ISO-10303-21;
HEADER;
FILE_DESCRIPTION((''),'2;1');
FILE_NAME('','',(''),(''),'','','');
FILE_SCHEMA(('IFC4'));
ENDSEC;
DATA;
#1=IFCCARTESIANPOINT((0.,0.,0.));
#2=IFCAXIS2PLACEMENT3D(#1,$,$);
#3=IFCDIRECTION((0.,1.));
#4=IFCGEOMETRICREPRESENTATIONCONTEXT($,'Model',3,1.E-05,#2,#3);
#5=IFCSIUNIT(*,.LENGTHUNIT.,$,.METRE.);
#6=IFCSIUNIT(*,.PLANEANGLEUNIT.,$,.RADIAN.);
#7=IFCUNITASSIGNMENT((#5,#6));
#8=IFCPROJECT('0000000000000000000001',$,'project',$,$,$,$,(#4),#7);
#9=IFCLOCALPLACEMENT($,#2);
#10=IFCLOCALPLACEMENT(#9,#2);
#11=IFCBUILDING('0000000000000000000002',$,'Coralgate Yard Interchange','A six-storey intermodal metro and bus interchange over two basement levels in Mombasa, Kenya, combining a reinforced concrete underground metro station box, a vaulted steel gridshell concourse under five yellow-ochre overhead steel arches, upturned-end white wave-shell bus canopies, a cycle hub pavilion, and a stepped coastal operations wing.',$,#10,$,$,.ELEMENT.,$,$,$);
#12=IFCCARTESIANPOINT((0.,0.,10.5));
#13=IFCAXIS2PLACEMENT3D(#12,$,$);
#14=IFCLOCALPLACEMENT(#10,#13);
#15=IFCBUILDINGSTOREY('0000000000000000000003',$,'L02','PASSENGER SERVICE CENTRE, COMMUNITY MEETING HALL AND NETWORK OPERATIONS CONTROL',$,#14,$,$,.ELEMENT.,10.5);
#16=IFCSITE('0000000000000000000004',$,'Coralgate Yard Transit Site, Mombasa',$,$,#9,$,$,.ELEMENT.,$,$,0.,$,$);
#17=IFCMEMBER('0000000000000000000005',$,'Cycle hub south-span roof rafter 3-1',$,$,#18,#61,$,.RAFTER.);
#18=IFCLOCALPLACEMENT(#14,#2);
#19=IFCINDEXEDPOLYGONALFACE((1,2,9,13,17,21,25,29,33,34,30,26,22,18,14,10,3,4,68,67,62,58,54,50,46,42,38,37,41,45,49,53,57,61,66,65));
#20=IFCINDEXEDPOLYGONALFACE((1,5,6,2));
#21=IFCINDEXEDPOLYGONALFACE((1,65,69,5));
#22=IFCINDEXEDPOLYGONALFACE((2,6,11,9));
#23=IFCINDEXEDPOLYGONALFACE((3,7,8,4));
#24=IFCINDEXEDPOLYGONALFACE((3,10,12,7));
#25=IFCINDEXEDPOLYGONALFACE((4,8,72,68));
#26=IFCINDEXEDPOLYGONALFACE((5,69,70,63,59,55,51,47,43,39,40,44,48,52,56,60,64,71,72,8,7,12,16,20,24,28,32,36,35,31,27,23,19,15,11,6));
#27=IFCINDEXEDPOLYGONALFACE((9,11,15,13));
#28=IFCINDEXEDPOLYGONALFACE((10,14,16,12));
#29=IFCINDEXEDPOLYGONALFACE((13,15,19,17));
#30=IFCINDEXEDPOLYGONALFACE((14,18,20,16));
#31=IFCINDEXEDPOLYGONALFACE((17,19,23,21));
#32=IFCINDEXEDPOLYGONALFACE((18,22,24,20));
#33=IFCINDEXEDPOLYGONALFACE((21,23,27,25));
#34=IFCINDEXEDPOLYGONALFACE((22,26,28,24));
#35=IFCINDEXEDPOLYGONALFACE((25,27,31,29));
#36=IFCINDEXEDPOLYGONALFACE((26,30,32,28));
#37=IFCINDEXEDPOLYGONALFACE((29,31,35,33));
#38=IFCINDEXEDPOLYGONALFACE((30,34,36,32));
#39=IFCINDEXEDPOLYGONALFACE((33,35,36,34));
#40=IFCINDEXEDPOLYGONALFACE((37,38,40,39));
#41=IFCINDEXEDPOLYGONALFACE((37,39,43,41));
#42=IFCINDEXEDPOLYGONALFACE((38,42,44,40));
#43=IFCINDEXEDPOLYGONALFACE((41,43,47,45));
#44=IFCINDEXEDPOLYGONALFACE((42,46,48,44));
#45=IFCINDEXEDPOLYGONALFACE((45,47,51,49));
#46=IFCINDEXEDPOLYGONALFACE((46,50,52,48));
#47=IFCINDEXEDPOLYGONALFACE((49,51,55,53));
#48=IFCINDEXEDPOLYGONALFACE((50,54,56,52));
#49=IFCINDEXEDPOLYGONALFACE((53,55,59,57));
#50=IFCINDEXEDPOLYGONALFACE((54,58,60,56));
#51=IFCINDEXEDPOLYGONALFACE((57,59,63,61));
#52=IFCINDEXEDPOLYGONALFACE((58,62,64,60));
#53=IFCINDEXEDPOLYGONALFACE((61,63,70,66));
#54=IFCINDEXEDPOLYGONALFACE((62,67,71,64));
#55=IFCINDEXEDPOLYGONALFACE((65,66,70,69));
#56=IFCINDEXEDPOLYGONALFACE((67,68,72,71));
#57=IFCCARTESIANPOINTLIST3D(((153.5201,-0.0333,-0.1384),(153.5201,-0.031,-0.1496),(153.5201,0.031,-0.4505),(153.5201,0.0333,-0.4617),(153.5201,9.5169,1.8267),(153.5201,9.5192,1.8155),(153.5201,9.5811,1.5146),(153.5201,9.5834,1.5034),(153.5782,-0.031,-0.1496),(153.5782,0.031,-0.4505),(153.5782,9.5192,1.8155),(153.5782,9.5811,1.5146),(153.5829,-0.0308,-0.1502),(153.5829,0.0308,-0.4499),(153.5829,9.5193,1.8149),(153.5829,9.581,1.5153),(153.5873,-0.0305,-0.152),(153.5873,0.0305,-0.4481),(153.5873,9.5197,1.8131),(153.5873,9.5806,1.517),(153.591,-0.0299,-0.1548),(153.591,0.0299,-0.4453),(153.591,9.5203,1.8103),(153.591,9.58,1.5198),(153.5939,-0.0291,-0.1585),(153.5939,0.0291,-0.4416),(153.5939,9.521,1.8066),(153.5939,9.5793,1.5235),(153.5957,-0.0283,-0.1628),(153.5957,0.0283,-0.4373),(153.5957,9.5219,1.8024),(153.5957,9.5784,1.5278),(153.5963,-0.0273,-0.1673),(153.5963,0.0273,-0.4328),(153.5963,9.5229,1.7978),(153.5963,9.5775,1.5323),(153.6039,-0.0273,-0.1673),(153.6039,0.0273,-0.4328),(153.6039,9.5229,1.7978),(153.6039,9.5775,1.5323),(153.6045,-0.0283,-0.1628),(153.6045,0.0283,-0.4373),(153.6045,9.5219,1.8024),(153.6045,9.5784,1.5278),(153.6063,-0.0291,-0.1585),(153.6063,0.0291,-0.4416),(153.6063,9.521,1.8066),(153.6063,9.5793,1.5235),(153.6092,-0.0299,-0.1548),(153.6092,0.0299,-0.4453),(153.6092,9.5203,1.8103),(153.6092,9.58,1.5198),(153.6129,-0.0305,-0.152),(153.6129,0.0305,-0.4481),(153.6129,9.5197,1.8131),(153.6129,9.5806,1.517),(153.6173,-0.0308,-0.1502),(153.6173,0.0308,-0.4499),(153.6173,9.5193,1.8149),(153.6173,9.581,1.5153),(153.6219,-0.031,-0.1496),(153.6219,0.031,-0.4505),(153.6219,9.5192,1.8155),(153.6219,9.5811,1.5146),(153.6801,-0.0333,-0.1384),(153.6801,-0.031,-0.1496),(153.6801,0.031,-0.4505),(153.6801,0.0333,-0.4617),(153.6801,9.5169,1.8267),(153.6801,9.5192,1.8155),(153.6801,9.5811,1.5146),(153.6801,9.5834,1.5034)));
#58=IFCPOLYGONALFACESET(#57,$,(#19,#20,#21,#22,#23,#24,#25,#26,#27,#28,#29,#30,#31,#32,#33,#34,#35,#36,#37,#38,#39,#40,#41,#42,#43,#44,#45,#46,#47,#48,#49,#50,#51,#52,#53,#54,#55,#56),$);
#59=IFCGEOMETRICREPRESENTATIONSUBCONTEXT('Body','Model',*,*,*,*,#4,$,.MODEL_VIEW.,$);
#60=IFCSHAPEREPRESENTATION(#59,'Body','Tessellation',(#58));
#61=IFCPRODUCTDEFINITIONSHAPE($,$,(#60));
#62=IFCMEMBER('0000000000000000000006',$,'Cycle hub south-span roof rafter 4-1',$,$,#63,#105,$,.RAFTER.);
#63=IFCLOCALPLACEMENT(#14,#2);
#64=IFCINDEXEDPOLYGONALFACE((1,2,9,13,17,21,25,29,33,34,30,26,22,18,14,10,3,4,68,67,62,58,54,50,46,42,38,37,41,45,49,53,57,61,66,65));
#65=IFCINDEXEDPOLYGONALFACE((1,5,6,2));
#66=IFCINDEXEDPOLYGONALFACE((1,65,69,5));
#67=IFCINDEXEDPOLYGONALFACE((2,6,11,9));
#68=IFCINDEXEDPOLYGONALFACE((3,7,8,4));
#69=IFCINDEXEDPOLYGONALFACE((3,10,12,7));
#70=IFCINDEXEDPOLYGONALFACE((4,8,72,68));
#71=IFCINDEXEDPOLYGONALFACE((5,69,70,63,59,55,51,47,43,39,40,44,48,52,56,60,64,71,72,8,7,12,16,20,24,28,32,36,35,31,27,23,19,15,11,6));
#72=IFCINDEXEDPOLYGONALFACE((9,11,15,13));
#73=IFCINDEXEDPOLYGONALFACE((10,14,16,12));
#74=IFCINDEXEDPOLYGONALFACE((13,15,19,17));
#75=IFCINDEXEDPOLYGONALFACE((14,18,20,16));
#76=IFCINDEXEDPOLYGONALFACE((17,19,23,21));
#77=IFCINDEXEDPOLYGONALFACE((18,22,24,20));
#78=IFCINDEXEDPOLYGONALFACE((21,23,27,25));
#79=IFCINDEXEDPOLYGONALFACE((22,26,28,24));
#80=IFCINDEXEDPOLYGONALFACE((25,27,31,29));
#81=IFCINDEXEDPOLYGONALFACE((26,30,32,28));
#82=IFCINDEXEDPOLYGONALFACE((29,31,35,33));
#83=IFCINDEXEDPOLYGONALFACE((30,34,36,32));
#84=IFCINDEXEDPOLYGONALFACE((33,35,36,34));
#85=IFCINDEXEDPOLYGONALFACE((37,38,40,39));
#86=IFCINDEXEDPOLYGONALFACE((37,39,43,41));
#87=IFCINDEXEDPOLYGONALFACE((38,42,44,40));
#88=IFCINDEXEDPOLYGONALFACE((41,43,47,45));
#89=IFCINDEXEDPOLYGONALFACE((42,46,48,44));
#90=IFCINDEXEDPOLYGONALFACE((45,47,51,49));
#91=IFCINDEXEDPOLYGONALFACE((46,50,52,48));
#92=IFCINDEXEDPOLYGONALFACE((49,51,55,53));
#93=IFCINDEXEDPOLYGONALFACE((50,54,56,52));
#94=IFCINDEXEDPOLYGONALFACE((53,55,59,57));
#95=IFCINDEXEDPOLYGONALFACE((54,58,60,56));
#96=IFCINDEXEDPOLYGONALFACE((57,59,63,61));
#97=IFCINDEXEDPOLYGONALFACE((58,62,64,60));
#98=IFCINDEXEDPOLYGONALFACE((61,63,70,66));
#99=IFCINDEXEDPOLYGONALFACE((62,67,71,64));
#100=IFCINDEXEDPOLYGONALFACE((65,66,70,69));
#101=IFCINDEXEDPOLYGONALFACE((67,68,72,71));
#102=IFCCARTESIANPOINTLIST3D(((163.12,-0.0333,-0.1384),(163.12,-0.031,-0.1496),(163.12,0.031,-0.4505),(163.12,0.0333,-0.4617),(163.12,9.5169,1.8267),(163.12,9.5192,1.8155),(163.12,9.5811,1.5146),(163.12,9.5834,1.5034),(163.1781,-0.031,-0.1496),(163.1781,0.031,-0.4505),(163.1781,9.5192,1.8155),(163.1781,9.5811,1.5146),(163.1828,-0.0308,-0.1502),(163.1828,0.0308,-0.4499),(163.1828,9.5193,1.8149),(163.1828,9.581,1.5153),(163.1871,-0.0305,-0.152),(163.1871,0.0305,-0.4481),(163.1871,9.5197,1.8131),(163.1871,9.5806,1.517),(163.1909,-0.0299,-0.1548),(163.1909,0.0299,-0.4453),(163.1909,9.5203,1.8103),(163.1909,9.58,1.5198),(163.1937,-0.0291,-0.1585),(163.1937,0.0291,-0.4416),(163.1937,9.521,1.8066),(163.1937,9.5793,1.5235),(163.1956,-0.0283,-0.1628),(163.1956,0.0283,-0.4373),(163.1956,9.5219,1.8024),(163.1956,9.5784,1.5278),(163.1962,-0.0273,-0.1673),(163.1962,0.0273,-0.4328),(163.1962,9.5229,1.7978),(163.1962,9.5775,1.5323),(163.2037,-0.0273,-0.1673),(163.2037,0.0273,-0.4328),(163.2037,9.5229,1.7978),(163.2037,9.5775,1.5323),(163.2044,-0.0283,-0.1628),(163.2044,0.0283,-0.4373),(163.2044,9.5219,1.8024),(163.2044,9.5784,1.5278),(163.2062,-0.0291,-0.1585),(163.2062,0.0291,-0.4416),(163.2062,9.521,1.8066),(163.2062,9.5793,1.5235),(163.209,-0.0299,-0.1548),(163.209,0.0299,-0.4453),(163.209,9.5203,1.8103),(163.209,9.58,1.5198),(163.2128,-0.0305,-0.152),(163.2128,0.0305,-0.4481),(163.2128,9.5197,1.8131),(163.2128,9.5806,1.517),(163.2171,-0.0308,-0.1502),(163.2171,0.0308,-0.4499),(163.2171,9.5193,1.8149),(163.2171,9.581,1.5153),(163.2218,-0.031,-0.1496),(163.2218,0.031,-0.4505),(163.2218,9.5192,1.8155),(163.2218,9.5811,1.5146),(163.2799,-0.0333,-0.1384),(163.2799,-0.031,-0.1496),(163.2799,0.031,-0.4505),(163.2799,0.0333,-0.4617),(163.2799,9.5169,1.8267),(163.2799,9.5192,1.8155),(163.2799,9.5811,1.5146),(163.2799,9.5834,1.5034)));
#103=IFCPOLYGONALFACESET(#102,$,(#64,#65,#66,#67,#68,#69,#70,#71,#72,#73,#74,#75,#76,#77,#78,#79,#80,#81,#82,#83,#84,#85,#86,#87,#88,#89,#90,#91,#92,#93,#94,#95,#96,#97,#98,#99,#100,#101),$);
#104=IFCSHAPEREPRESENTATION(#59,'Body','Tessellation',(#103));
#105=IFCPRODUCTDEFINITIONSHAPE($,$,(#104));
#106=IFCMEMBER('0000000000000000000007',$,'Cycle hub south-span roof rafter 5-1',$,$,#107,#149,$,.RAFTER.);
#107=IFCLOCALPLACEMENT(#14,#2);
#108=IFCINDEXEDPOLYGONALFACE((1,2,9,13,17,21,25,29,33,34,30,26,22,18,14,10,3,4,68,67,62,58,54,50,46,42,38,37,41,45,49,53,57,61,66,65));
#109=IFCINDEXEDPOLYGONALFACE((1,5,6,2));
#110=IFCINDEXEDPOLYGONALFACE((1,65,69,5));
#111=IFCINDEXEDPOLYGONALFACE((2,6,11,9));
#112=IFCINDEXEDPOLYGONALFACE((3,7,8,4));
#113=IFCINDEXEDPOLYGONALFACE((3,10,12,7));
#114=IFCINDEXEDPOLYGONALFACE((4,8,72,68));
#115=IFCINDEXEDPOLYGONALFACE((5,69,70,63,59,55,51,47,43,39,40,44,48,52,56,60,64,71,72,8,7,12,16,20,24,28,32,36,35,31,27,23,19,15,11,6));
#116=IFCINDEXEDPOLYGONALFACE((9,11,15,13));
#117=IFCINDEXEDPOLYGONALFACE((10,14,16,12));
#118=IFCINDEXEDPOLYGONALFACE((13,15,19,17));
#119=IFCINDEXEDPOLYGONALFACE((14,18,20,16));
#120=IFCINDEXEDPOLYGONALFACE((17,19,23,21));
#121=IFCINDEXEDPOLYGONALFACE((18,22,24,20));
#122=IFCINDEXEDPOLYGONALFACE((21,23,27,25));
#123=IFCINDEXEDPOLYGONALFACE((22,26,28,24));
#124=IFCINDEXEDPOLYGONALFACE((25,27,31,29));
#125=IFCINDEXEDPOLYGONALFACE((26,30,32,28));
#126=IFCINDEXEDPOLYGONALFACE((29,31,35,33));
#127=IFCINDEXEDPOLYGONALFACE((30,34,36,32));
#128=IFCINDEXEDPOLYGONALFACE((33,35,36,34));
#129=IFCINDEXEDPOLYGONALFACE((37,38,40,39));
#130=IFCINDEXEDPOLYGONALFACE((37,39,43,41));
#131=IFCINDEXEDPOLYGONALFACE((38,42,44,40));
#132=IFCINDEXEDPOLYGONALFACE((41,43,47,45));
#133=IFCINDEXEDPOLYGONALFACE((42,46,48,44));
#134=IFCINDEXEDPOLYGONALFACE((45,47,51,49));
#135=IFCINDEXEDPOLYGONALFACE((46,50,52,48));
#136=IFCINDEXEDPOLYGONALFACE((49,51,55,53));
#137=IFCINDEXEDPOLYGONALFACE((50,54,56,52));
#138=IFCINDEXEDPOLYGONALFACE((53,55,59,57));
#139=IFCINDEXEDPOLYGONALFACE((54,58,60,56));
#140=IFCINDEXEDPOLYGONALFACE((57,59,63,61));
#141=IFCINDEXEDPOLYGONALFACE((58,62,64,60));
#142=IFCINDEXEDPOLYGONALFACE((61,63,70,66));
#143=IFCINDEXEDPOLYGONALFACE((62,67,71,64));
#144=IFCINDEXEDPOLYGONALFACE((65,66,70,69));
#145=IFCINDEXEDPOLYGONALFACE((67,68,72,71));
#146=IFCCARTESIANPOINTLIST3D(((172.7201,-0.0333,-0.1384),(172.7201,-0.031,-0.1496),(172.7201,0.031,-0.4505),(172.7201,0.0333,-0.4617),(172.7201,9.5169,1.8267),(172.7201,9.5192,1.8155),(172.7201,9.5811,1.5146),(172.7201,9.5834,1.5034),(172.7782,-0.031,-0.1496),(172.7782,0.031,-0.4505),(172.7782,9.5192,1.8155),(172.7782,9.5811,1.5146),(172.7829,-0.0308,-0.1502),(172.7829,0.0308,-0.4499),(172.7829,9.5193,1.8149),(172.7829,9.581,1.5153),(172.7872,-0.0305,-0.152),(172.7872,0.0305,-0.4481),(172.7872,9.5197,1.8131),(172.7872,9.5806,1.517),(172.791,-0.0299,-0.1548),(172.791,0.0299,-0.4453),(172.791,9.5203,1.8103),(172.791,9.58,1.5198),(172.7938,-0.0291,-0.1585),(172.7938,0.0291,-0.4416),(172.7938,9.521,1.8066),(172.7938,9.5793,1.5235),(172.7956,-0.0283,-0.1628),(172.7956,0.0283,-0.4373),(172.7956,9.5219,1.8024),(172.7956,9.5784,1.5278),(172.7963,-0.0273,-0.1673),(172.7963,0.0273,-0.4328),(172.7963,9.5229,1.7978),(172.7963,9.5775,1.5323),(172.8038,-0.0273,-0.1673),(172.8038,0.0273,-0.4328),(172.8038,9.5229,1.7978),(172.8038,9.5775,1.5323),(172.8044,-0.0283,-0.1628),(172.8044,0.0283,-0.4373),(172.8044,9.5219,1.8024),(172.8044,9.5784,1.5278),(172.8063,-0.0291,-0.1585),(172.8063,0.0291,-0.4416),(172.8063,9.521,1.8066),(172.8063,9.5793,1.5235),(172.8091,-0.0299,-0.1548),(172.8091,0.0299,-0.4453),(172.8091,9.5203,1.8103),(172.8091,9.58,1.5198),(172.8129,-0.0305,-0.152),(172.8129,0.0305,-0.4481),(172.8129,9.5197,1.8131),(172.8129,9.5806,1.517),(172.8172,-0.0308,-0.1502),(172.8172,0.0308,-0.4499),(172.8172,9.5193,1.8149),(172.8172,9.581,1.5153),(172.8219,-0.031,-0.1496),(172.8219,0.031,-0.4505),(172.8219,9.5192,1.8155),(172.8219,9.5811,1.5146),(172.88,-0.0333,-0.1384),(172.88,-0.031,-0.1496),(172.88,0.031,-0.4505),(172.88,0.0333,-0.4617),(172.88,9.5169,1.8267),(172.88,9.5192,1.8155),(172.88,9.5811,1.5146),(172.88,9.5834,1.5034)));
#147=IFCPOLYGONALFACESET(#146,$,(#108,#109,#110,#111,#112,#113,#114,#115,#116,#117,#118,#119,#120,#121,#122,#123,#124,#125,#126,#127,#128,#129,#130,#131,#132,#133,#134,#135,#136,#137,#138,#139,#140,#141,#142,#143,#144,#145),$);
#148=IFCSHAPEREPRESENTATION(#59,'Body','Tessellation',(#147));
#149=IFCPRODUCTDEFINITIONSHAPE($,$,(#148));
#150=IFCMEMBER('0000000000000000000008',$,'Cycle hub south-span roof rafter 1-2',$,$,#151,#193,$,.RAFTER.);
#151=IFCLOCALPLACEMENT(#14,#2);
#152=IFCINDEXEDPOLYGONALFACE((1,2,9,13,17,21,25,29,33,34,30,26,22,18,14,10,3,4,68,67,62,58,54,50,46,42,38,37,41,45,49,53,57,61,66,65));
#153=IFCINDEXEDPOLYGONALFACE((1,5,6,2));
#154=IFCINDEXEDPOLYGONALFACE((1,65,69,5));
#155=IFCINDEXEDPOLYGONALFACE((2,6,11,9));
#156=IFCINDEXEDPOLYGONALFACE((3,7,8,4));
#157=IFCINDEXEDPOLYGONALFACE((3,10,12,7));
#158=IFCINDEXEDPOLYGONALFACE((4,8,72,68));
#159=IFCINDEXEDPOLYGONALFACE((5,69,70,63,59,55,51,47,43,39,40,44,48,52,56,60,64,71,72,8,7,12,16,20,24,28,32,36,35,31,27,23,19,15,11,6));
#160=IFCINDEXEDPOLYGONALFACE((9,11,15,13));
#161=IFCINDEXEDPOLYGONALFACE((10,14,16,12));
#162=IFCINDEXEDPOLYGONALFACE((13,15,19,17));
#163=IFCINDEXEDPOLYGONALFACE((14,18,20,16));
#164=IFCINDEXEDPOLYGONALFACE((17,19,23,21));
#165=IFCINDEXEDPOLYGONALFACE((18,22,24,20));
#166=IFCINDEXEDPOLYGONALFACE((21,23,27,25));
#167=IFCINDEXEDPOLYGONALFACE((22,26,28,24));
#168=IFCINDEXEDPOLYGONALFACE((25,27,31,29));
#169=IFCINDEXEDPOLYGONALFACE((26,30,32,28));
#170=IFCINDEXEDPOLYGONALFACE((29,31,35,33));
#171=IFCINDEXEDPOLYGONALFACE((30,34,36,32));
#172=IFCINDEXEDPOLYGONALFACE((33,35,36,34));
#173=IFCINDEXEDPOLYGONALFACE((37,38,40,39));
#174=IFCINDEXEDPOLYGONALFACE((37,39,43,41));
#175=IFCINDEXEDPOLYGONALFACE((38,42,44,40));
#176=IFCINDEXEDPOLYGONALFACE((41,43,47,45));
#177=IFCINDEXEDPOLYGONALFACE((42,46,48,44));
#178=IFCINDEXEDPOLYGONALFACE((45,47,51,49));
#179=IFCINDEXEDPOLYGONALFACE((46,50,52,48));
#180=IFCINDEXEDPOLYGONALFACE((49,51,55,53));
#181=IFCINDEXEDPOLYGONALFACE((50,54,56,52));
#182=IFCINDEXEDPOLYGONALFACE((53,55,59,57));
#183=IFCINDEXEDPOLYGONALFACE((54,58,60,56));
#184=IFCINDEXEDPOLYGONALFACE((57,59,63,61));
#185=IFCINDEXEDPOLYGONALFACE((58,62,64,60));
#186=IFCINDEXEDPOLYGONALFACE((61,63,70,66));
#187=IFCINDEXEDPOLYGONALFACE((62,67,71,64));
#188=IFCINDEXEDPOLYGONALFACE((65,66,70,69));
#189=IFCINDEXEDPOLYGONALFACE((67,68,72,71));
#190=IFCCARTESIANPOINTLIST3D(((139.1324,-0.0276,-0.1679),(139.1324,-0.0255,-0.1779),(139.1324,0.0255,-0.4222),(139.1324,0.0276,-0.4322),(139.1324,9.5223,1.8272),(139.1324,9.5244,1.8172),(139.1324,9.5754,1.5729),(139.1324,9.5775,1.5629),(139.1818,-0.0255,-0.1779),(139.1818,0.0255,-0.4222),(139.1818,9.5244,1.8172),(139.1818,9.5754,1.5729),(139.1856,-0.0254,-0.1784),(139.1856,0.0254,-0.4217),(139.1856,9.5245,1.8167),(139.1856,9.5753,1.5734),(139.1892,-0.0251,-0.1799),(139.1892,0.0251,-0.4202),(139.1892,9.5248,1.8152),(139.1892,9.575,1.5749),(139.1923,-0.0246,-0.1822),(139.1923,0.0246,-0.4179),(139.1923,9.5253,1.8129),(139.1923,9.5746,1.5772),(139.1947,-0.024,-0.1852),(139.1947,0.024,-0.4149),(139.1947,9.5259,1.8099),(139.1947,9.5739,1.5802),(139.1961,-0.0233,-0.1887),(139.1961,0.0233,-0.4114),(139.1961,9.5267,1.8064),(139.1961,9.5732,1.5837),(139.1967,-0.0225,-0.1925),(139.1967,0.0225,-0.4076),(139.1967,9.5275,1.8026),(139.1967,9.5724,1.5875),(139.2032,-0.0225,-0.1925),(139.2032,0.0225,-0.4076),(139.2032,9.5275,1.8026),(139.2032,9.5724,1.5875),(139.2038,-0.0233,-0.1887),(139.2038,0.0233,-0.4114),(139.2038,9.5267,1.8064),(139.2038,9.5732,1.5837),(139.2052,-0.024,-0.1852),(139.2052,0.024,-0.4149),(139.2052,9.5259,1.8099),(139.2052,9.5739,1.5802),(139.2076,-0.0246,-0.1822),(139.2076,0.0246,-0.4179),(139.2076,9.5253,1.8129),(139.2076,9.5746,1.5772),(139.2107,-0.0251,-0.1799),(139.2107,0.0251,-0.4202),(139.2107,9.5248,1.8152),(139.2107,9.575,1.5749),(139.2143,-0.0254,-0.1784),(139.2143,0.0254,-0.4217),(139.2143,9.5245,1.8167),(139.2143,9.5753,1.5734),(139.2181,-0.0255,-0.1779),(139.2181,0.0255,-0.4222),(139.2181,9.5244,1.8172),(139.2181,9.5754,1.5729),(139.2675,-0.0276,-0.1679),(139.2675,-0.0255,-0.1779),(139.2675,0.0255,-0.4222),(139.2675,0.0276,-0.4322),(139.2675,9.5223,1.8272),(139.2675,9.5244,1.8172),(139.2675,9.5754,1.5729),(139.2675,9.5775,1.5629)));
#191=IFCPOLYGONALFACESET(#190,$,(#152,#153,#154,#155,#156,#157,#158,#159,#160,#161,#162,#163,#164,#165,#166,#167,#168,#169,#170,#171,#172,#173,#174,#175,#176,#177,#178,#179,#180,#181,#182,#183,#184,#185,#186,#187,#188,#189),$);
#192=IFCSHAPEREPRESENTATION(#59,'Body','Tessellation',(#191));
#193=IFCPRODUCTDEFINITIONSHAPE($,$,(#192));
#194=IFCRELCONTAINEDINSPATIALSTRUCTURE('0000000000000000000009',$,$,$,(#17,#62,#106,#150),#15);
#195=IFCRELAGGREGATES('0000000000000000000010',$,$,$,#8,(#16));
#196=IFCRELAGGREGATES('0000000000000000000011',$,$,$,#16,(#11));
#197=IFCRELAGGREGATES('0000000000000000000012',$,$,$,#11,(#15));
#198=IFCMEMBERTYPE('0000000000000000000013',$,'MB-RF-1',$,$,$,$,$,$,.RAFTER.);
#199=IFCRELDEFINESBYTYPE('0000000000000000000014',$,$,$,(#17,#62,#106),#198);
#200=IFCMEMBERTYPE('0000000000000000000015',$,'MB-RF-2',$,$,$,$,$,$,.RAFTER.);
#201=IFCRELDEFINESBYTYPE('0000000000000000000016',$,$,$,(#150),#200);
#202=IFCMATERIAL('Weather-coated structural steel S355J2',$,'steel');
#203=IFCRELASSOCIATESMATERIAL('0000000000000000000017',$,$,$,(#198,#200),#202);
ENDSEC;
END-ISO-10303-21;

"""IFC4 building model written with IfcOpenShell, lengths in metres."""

from ifc_helpers import new_model, si_unit, direction, frame, origin, origin_2d, place, context, subcontext, project, spatial, i_section, extrude, material, material_profile, profile_set, type_object, element, save


model = new_model("IFC4")

# Units and contexts
model_context = context("Model", 3, precision=1e-05, world=origin(), true_north=direction((0.0, 1.0)))
body_context = subcontext(model_context, "Body", "Model", "MODEL_VIEW")
ifc_project = project(units=[si_unit("LENGTHUNIT", "METRE"), si_unit("PLANEANGLEUNIT", "RADIAN")], contexts=[model_context])

# Site, building, storey
site_placement = place(None, origin())
site = spatial("IfcSite", under=ifc_project, at=site_placement, Name="Coralgate Yard Transit Site, Mombasa", CompositionType="ELEMENT", RefElevation=0.0)
building_placement = place(site_placement, origin())
building = spatial("IfcBuilding", under=site, at=building_placement, Name="Coralgate Yard Interchange", Description="A six-storey intermodal metro and bus interchange over two basement levels in Mombasa, Kenya, combining a reinforced concrete underground metro station box, a vaulted steel gridshell concourse under five yellow-ochre overhead steel arches, upturned-end white wave-shell bus canopies, a cycle hub pavilion, and a stepped coastal operations wing.", CompositionType="ELEMENT")
storey_placement = place(building_placement, frame((0.0, 0.0, 10.5)))
storey = spatial("IfcBuildingStorey", under=building, at=storey_placement, Name="L02", Description="PASSENGER SERVICE CENTRE, COMMUNITY MEETING HALL AND NETWORK OPERATIONS CONTROL", CompositionType="ELEMENT", Elevation=10.5)

# Members
ifc_material_1 = material(Name="Weather-coated structural steel S355J2", Category="steel")
ifc_material_profile_1 = material_profile(ifc_material_1, i_section(OverallWidth=0.1599, OverallDepth=0.3301, WebThickness=0.0076, FlangeThickness=0.0115, FilletRadius=0.0181, at=origin_2d()), Name="IPE 330")
ifc_profile_set_1 = profile_set([ifc_material_profile_1], Name="Weather-coated structural steel S355J2")
member_type_1 = type_object("IfcMemberType", Name="MB-RF-1", PredefinedType="RAFTER", material=ifc_profile_set_1)
for number, where, z_axis, x_axis, name in (
    (1, (153.6001, 0.0, -0.3), (0.0, 0.979479, 0.201545), (-1.0, 0.0, 0.0), "Cycle hub south-span roof rafter 3-1"),
    (2, (163.2, 0.0, -0.3), (0.0, 0.979479, 0.201545), (-1.0, 0.0, 0.0), "Cycle hub south-span roof rafter 4-1"),
    (3, (172.8, 0.0, -0.3), (0.0, 0.979479, 0.201545), (-1.0, 0.0, 0.0), "Cycle hub south-span roof rafter 5-1"),
):
    element("IfcMember", number, at=place(storey_placement, frame(where, z_axis=z_axis, x_axis=x_axis)), inside=storey, type_object=member_type_1, Name=name, PredefinedType="RAFTER", context=body_context, shape_type="SweptSolid", body=[
        extrude(i_section(OverallWidth=0.1599, OverallDepth=0.3301, WebThickness=0.0076, FlangeThickness=0.0115, FilletRadius=0.0181, at=origin_2d()), origin(), (0.0, 0.0, 1.0), 9.7502),
    ])
ifc_material_profile_2 = material_profile(ifc_material_1, i_section(OverallWidth=0.135, OverallDepth=0.27, WebThickness=0.0066, FlangeThickness=0.0103, FilletRadius=0.0149, at=origin_2d()), Name="IPE 270")
ifc_profile_set_2 = profile_set([ifc_material_profile_2], Name="Weather-coated structural steel S355J2")
member_type_2 = type_object("IfcMemberType", Name="MB-RF-2", PredefinedType="RAFTER", material=ifc_profile_set_2)
member_1_placement = place(storey_placement, frame((139.2, 0.0, -0.3), z_axis=(0.0, 0.978867, 0.204497), x_axis=(-1.0, 0.0, 0.0)))
element("IfcMember", 4, at=member_1_placement, inside=storey, type_object=member_type_2, Name="Cycle hub south-span roof rafter 1-2", PredefinedType="RAFTER", context=body_context, shape_type="SweptSolid", body=[
    extrude(i_section(OverallWidth=0.135, OverallDepth=0.27, WebThickness=0.0066, FlangeThickness=0.0103, FilletRadius=0.0149, at=origin_2d()), origin(), (0.0, 0.0, 1.0), 9.7561),
])

save(model, "model.ifc")
